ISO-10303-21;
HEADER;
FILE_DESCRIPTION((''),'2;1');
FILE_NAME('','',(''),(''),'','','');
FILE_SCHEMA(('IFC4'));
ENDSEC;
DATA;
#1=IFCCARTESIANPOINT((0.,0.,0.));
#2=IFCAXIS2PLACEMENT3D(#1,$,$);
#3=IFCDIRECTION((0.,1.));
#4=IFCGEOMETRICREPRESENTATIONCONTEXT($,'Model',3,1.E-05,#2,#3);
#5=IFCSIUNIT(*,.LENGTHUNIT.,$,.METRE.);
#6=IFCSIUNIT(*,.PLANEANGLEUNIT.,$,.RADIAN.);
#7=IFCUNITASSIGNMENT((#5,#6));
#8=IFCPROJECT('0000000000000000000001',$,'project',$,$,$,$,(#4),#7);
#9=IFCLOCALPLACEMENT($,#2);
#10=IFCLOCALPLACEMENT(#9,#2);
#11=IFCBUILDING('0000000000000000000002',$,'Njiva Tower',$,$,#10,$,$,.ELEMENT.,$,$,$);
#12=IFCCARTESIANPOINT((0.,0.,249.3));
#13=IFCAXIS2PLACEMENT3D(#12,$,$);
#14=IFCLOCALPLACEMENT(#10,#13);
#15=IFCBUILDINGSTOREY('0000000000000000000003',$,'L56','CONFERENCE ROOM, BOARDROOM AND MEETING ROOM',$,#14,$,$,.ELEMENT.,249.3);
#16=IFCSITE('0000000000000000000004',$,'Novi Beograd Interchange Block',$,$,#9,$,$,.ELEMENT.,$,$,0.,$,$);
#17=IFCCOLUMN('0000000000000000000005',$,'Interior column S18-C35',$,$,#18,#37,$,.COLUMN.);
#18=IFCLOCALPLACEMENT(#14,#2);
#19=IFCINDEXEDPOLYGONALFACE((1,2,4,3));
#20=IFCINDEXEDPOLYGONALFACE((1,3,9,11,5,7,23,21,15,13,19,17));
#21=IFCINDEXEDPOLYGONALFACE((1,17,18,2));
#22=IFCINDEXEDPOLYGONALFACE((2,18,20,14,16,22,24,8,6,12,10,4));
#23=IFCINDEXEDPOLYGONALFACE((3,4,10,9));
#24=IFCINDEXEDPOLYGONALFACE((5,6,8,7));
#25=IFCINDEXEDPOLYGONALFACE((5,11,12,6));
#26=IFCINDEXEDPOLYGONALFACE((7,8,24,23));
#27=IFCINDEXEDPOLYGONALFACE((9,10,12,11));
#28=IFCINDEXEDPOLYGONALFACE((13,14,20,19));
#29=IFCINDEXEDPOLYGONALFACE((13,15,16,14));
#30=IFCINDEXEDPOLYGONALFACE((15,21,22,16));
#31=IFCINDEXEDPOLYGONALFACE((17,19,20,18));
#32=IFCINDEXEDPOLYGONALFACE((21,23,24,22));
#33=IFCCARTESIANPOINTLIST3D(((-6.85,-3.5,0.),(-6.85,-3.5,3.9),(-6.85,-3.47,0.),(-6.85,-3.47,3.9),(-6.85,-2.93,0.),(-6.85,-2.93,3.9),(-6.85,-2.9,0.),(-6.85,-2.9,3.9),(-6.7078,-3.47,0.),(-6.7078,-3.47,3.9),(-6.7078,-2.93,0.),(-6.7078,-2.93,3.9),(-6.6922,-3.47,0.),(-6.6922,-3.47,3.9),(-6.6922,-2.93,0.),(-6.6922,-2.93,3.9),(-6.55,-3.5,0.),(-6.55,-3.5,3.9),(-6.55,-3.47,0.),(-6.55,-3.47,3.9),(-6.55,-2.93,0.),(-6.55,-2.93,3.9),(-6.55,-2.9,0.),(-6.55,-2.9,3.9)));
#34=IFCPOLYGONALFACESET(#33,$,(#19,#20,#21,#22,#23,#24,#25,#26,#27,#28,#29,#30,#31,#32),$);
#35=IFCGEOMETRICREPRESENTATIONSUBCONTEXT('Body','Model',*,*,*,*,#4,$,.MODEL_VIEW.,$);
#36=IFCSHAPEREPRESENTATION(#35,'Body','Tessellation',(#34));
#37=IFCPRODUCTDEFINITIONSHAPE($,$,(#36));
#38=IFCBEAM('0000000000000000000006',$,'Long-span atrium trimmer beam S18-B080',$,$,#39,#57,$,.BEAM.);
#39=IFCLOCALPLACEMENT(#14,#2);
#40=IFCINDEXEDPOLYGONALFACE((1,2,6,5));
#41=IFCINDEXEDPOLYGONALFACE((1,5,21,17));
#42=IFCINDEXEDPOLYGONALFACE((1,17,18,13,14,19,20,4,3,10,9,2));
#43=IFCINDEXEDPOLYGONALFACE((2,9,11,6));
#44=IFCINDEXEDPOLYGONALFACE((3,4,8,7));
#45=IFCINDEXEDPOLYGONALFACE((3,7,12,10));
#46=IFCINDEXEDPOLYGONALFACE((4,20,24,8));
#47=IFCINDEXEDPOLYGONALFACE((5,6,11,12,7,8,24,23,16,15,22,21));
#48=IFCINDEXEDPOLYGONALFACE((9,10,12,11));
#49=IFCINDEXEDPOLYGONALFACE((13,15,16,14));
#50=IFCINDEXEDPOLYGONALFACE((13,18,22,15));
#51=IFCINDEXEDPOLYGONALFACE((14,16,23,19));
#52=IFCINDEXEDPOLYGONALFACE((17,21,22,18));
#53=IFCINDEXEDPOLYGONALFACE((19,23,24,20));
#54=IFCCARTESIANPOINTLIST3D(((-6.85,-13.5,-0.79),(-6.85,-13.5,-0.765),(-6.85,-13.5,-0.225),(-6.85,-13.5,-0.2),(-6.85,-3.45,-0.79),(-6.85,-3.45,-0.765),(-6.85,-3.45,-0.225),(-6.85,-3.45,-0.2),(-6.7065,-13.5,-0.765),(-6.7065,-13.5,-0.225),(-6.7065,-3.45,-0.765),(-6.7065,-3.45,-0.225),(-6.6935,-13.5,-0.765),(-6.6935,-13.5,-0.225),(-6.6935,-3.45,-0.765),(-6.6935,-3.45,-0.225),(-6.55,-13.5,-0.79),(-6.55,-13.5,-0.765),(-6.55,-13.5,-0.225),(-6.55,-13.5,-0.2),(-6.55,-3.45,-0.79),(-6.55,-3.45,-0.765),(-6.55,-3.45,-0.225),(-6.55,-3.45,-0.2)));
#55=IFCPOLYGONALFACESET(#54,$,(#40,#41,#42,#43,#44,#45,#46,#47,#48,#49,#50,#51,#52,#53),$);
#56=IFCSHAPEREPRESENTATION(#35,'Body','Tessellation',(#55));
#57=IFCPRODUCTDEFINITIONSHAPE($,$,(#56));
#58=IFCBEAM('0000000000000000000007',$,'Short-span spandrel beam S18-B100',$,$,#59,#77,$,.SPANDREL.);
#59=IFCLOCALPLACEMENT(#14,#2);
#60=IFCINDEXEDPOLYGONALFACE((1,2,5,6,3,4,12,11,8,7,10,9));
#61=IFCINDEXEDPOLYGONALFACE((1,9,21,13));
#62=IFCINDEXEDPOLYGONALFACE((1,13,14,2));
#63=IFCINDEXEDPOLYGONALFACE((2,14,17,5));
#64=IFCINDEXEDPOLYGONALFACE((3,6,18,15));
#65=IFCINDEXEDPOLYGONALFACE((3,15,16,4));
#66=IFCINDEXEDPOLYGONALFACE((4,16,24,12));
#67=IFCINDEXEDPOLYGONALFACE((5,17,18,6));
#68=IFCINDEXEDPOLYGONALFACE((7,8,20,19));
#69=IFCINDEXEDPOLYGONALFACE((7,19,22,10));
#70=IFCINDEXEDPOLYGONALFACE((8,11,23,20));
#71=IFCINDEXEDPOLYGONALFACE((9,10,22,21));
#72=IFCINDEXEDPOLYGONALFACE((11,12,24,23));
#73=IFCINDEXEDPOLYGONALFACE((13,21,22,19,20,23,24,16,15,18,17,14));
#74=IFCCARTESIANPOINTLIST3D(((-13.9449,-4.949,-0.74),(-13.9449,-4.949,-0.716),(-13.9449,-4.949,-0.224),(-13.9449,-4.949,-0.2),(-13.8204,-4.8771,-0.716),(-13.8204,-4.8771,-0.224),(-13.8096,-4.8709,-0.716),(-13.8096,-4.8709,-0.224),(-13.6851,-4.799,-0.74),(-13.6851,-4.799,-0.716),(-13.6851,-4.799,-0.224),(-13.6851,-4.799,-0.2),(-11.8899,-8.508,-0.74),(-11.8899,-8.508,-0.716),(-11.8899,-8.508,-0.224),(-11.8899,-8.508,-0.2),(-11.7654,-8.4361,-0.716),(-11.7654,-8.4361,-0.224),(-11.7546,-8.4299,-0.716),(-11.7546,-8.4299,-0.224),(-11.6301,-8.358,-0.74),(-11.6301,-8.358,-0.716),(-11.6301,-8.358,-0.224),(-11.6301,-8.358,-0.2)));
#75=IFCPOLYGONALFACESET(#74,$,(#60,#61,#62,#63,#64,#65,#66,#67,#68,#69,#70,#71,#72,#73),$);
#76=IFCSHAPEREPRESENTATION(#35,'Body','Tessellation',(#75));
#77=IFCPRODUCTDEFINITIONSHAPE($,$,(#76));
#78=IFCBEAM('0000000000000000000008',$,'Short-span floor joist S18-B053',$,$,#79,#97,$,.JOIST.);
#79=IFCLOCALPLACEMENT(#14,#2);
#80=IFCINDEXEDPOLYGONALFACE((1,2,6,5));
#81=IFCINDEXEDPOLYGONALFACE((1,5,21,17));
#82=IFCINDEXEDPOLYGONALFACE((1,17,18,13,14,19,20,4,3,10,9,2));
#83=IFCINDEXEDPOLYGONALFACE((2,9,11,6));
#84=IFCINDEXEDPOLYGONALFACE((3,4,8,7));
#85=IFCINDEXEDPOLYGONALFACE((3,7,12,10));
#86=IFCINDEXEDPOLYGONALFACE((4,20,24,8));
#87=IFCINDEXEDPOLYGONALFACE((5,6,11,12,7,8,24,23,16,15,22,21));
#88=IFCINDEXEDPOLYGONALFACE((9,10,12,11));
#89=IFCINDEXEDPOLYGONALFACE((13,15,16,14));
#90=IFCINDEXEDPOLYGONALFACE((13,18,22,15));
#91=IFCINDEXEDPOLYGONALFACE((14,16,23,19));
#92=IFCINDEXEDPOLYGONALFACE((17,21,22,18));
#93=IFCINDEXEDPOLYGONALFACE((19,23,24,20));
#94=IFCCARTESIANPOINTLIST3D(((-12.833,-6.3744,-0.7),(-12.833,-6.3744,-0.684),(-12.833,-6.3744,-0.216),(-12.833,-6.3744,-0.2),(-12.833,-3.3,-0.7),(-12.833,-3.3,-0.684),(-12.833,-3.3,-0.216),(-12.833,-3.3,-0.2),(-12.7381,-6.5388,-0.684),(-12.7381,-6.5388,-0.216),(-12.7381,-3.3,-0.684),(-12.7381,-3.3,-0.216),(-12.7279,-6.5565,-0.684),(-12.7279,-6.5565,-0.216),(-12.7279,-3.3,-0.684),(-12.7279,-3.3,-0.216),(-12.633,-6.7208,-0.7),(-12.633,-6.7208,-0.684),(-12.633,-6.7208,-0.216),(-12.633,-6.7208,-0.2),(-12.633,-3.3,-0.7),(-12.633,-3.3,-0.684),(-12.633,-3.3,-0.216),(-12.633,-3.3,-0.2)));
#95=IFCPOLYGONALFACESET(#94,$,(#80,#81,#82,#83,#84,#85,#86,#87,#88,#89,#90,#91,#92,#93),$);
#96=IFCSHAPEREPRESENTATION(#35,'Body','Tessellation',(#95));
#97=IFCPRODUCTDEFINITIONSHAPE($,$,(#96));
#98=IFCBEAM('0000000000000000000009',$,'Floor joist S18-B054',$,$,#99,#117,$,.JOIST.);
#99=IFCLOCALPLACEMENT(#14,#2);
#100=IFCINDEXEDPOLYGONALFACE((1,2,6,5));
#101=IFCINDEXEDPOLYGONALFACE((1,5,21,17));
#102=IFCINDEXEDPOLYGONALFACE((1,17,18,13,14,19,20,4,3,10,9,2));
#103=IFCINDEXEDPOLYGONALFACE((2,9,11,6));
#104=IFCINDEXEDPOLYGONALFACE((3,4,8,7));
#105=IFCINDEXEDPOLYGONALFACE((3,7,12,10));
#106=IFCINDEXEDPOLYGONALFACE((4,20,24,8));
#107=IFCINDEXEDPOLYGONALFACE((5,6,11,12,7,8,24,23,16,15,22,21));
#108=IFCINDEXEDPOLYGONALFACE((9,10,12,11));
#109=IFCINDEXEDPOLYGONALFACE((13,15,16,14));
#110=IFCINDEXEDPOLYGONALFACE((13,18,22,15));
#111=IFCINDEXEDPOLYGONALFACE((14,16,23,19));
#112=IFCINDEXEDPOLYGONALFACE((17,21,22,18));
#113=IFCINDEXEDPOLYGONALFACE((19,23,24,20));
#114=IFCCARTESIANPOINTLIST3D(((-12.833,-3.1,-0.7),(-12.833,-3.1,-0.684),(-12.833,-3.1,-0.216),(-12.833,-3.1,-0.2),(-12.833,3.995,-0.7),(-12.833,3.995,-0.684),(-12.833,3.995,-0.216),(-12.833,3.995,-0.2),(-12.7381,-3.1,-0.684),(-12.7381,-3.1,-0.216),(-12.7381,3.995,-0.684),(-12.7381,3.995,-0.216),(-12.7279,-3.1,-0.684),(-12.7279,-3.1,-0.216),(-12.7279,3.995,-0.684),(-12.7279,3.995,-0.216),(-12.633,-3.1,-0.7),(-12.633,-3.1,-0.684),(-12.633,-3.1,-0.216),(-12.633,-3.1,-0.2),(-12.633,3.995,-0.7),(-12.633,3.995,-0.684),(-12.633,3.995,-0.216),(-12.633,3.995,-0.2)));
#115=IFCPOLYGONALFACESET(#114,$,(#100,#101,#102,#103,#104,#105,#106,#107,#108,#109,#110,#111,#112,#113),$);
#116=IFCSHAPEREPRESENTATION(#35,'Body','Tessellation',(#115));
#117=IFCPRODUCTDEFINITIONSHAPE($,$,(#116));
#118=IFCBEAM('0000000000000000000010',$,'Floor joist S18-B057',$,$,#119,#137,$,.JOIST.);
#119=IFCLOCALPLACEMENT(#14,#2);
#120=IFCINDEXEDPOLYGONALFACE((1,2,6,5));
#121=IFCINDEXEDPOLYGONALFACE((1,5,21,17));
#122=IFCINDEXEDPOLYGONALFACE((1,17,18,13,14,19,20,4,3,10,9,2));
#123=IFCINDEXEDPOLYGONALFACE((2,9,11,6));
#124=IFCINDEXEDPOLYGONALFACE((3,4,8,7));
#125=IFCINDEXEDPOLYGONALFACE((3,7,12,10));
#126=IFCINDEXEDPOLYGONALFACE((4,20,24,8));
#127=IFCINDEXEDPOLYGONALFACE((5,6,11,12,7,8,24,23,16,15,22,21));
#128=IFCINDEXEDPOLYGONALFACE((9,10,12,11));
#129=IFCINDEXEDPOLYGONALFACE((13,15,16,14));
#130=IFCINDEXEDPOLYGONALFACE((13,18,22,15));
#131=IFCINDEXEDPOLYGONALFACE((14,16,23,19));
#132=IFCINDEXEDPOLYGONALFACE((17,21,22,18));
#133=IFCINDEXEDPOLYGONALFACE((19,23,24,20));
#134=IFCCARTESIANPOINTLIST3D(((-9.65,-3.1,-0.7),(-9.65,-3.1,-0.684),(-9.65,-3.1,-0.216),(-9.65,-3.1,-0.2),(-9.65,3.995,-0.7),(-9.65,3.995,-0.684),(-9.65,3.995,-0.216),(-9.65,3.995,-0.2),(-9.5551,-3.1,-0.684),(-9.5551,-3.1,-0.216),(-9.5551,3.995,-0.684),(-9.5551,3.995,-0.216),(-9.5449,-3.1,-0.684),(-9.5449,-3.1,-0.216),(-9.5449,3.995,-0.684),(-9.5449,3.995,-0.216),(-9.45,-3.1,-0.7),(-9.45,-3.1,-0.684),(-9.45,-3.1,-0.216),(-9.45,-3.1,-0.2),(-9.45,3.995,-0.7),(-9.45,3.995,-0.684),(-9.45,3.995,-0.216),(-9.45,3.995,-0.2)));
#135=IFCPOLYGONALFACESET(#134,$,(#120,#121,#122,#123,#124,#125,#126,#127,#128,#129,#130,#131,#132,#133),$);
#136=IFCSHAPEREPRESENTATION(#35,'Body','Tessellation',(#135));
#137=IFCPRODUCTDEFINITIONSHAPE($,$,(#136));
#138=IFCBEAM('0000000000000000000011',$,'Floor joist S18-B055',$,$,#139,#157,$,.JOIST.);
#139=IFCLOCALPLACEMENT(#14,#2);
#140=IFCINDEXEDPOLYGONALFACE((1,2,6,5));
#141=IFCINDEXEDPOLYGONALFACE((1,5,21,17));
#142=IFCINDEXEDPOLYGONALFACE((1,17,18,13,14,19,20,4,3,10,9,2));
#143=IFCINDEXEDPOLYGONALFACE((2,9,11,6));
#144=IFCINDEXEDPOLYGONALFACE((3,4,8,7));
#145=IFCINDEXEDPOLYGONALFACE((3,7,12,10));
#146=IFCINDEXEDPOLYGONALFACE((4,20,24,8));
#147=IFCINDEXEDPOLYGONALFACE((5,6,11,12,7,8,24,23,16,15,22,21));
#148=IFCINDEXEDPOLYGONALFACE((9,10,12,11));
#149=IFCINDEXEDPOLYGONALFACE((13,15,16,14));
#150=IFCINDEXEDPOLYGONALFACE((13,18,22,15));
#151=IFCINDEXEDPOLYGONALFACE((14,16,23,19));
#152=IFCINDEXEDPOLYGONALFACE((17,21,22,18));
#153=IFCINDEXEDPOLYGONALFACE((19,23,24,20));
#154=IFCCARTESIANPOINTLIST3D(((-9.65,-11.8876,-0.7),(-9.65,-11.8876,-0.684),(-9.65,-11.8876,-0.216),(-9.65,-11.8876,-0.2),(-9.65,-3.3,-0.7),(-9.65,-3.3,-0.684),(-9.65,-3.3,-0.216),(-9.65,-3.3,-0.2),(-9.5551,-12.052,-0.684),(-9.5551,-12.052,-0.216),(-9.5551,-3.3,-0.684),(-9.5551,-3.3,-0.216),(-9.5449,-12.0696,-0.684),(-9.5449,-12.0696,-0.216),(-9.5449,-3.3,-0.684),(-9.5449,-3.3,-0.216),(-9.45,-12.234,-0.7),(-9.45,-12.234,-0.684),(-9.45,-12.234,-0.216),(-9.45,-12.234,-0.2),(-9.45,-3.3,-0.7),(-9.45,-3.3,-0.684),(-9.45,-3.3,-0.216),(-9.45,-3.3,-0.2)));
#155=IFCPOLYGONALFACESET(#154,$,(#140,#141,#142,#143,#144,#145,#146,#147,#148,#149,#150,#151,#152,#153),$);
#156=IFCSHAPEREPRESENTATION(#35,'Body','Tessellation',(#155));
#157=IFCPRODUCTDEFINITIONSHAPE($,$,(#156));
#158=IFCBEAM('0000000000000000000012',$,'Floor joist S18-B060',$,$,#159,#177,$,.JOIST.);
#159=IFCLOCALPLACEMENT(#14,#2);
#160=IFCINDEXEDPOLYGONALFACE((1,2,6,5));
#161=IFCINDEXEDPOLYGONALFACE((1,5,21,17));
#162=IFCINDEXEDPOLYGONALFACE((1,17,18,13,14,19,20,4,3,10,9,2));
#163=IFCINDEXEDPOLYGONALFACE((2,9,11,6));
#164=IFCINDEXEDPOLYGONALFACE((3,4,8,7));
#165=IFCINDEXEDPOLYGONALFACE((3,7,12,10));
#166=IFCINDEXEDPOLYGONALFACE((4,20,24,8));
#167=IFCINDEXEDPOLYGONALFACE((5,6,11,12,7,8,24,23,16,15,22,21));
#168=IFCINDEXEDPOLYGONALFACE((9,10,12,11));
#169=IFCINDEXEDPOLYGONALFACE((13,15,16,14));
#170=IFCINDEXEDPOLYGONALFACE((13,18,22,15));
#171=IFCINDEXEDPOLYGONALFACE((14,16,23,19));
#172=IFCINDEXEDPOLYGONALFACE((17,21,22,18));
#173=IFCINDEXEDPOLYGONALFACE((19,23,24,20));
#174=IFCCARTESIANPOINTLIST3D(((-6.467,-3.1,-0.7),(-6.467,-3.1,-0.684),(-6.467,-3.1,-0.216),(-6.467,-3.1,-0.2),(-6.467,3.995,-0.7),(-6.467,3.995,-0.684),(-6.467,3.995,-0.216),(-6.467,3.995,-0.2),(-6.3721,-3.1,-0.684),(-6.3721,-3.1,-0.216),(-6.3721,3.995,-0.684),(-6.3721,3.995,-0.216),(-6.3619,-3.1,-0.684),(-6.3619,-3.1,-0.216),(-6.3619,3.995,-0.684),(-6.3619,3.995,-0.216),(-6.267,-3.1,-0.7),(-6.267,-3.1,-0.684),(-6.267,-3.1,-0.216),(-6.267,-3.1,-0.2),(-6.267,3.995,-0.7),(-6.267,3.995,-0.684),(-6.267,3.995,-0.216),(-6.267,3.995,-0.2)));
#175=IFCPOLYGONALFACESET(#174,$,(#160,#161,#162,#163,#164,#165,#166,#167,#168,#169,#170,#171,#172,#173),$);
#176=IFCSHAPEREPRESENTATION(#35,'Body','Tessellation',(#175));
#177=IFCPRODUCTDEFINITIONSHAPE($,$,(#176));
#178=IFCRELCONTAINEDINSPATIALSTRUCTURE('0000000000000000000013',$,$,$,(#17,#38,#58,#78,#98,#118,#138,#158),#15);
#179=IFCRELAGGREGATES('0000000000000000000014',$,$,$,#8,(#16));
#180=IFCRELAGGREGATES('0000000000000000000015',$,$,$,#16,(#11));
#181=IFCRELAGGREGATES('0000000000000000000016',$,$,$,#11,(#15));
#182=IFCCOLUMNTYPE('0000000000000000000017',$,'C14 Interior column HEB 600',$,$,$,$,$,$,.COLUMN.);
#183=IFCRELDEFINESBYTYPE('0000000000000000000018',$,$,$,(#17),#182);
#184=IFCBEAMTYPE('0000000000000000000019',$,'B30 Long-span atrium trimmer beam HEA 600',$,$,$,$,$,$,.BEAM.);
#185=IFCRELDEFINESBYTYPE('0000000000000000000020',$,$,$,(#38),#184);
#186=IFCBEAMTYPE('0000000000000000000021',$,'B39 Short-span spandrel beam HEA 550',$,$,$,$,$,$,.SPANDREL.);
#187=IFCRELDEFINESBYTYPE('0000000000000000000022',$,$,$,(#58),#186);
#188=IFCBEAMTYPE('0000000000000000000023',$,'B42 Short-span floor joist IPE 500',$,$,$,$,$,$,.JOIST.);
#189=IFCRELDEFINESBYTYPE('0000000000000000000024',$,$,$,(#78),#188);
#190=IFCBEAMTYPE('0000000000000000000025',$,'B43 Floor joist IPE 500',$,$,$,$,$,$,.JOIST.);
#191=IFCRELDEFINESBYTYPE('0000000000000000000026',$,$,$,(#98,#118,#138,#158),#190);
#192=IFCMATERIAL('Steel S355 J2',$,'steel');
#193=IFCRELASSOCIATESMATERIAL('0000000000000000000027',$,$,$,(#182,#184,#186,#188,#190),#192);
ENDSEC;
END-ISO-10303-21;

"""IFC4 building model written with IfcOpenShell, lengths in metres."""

from ifc_helpers import new_model, si_unit, direction, frame, origin, origin_2d, place, context, subcontext, project, spatial, i_section, extrude, clip, halfspace, material, material_profile, profile_set, type_object, element, save


model = new_model("IFC4")

# Units and contexts
model_context = context("Model", 3, precision=1e-05, world=origin(), true_north=direction((0.0, 1.0)))
body_context = subcontext(model_context, "Body", "Model", "MODEL_VIEW")
ifc_project = project(units=[si_unit("LENGTHUNIT", "METRE"), si_unit("PLANEANGLEUNIT", "RADIAN")], contexts=[model_context])

# Site, building, storey
site_placement = place(None, origin())
site = spatial("IfcSite", under=ifc_project, at=site_placement, Name="Novi Beograd Interchange Block", CompositionType="ELEMENT", RefElevation=0.0)
building_placement = place(site_placement, origin())
building = spatial("IfcBuilding", under=site, at=building_placement, Name="Njiva Tower", CompositionType="ELEMENT")
storey_placement = place(building_placement, frame((0.0, 0.0, 249.3)))
storey = spatial("IfcBuildingStorey", under=building, at=storey_placement, Name="L56", Description="CONFERENCE ROOM, BOARDROOM AND MEETING ROOM", CompositionType="ELEMENT", Elevation=249.3)

# Column
ifc_material_1 = material(Name="Steel S355 J2", Category="steel")
ifc_material_profile_1 = material_profile(ifc_material_1, i_section(OverallWidth=0.3, OverallDepth=0.6, WebThickness=0.0155, FlangeThickness=0.03, at=origin_2d()), Name="HEB 600")
ifc_profile_set_1 = profile_set([ifc_material_profile_1], Name="Steel S355 J2")
column_type = type_object("IfcColumnType", Name="C14 Interior column HEB 600", PredefinedType="COLUMN", material=ifc_profile_set_1)
column_placement = place(storey_placement, frame((-6.7, -3.2, 0.0), z_axis=(0.0, 0.0, 1.0), x_axis=(1.0, 0.0, 0.0)))
element("IfcColumn", 1, at=column_placement, inside=storey, type_object=column_type, Name="Interior column S18-C35", PredefinedType="COLUMN", context=body_context, shape_type="SweptSolid", body=[
    extrude(i_section(OverallWidth=0.3, OverallDepth=0.6, WebThickness=0.0155, FlangeThickness=0.03, at=origin_2d()), origin(), (0.0, 0.0, 1.0), 3.9),
])

# Beams
ifc_material_profile_2 = material_profile(ifc_material_1, i_section(OverallWidth=0.3, OverallDepth=0.59, WebThickness=0.013, FlangeThickness=0.025, at=origin_2d()), Name="HEA 600")
ifc_profile_set_2 = profile_set([ifc_material_profile_2], Name="Steel S355 J2")
beam_type_1 = type_object("IfcBeamType", Name="B30 Long-span atrium trimmer beam HEA 600", PredefinedType="BEAM", material=ifc_profile_set_2)
beam_1_placement = place(storey_placement, frame((-6.7, -3.45, -0.495), z_axis=(0.0, -1.0, 0.0), x_axis=(1.0, 0.0, 0.0)))
element("IfcBeam", 2, at=beam_1_placement, inside=storey, type_object=beam_type_1, Name="Long-span atrium trimmer beam S18-B080", PredefinedType="BEAM", context=body_context, shape_type="SweptSolid", body=[
    extrude(i_section(OverallWidth=0.3, OverallDepth=0.59, WebThickness=0.013, FlangeThickness=0.025, at=origin_2d()), origin(), (0.0, 0.0, 1.0), 10.05),
])
ifc_material_profile_3 = material_profile(ifc_material_1, i_section(OverallWidth=0.3, OverallDepth=0.54, WebThickness=0.0125, FlangeThickness=0.024, at=origin_2d()), Name="HEA 550")
ifc_profile_set_3 = profile_set([ifc_material_profile_3], Name="Steel S355 J2")
beam_type_2 = type_object("IfcBeamType", Name="B39 Short-span spandrel beam HEA 550", PredefinedType="SPANDREL", material=ifc_profile_set_3)
beam_2_placement = place(storey_placement, frame((-13.815, -4.874, -0.47), z_axis=(0.500038, -0.866003, 0.0), x_axis=(0.866003, 0.500038, 0.0)))
element("IfcBeam", 3, at=beam_2_placement, inside=storey, type_object=beam_type_2, Name="Short-span spandrel beam S18-B100", PredefinedType="SPANDREL", context=body_context, shape_type="SweptSolid", body=[
    extrude(i_section(OverallWidth=0.3, OverallDepth=0.54, WebThickness=0.0125, FlangeThickness=0.024, at=origin_2d()), origin(), (0.0, 0.0, 1.0), 4.1097),
])
ifc_material_profile_4 = material_profile(ifc_material_1, i_section(OverallWidth=0.2, OverallDepth=0.5, WebThickness=0.0102, FlangeThickness=0.016, at=origin_2d()), Name="IPE 500")
ifc_profile_set_4 = profile_set([ifc_material_profile_4], Name="Steel S355 J2")
beam_type_3 = type_object("IfcBeamType", Name="B42 Short-span floor joist IPE 500", PredefinedType="JOIST", material=ifc_profile_set_4)
beam_3_placement = place(storey_placement, frame((-12.733, -3.3, -0.45), z_axis=(0.0, -1.0, 0.0), x_axis=(1.0, 0.0, 0.0)))
element("IfcBeam", 4, at=beam_3_placement, inside=storey, type_object=beam_type_3, Name="Short-span floor joist S18-B053", PredefinedType="JOIST", context=body_context, shape_type="Clipping", body=[
    clip(extrude(i_section(OverallWidth=0.2, OverallDepth=0.5, WebThickness=0.0102, FlangeThickness=0.016, at=origin_2d()), origin(), (0.0, 0.0, 1.0), 3.44), halfspace(frame((-0.0436, 0.0, 3.1721), z_axis=(-0.866027, 0.0, 0.499998), x_axis=(0.0, 1.0, 0.0)), False)),
])
ifc_material_profile_5 = material_profile(ifc_material_1, i_section(OverallWidth=0.2, OverallDepth=0.5, WebThickness=0.0102, FlangeThickness=0.016, at=origin_2d()), Name="IPE 500")
ifc_profile_set_5 = profile_set([ifc_material_profile_5], Name="Steel S355 J2")
beam_type_4 = type_object("IfcBeamType", Name="B43 Floor joist IPE 500", PredefinedType="JOIST", material=ifc_profile_set_5)
for number, where, z_axis, x_axis, name in (
    (5, (-12.733, 3.995, -0.45), (0.0, -1.0, 0.0), (1.0, 0.0, 0.0), "Floor joist S18-B054"),
    (6, (-9.55, 3.995, -0.45), (0.0, -1.0, 0.0), (1.0, 0.0, 0.0), "Floor joist S18-B057"),
):
    element("IfcBeam", number, at=place(storey_placement, frame(where, z_axis=z_axis, x_axis=x_axis)), inside=storey, type_object=beam_type_4, Name=name, PredefinedType="JOIST", context=body_context, shape_type="SweptSolid", body=[
        extrude(i_section(OverallWidth=0.2, OverallDepth=0.5, WebThickness=0.0102, FlangeThickness=0.016, at=origin_2d()), origin(), (0.0, 0.0, 1.0), 7.095),
    ])
beam_4_placement = place(storey_placement, frame((-9.55, -3.3, -0.45), z_axis=(0.0, -1.0, 0.0), x_axis=(1.0, 0.0, 0.0)))
element("IfcBeam", 7, at=beam_4_placement, inside=storey, type_object=beam_type_4, Name="Floor joist S18-B055", PredefinedType="JOIST", context=body_context, shape_type="Clipping", body=[
    clip(extrude(i_section(OverallWidth=0.2, OverallDepth=0.5, WebThickness=0.0102, FlangeThickness=0.016, at=origin_2d()), origin(), (0.0, 0.0, 1.0), 8.954), halfspace(frame((-0.0433, 0.0, 8.6858), z_axis=(-0.866027, 0.0, 0.499998), x_axis=(0.0, 1.0, 0.0)), False)),
])
for number, where, z_axis, x_axis, name in (
    (8, (-6.367, 3.995, -0.45), (0.0, -1.0, 0.0), (1.0, 0.0, 0.0), "Floor joist S18-B060"),
):
    element("IfcBeam", number, at=place(storey_placement, frame(where, z_axis=z_axis, x_axis=x_axis)), inside=storey, type_object=beam_type_4, Name=name, PredefinedType="JOIST", context=body_context, shape_type="SweptSolid", body=[
        extrude(i_section(OverallWidth=0.2, OverallDepth=0.5, WebThickness=0.0102, FlangeThickness=0.016, at=origin_2d()), origin(), (0.0, 0.0, 1.0), 7.095),
    ])

save(model, "model.ifc")
